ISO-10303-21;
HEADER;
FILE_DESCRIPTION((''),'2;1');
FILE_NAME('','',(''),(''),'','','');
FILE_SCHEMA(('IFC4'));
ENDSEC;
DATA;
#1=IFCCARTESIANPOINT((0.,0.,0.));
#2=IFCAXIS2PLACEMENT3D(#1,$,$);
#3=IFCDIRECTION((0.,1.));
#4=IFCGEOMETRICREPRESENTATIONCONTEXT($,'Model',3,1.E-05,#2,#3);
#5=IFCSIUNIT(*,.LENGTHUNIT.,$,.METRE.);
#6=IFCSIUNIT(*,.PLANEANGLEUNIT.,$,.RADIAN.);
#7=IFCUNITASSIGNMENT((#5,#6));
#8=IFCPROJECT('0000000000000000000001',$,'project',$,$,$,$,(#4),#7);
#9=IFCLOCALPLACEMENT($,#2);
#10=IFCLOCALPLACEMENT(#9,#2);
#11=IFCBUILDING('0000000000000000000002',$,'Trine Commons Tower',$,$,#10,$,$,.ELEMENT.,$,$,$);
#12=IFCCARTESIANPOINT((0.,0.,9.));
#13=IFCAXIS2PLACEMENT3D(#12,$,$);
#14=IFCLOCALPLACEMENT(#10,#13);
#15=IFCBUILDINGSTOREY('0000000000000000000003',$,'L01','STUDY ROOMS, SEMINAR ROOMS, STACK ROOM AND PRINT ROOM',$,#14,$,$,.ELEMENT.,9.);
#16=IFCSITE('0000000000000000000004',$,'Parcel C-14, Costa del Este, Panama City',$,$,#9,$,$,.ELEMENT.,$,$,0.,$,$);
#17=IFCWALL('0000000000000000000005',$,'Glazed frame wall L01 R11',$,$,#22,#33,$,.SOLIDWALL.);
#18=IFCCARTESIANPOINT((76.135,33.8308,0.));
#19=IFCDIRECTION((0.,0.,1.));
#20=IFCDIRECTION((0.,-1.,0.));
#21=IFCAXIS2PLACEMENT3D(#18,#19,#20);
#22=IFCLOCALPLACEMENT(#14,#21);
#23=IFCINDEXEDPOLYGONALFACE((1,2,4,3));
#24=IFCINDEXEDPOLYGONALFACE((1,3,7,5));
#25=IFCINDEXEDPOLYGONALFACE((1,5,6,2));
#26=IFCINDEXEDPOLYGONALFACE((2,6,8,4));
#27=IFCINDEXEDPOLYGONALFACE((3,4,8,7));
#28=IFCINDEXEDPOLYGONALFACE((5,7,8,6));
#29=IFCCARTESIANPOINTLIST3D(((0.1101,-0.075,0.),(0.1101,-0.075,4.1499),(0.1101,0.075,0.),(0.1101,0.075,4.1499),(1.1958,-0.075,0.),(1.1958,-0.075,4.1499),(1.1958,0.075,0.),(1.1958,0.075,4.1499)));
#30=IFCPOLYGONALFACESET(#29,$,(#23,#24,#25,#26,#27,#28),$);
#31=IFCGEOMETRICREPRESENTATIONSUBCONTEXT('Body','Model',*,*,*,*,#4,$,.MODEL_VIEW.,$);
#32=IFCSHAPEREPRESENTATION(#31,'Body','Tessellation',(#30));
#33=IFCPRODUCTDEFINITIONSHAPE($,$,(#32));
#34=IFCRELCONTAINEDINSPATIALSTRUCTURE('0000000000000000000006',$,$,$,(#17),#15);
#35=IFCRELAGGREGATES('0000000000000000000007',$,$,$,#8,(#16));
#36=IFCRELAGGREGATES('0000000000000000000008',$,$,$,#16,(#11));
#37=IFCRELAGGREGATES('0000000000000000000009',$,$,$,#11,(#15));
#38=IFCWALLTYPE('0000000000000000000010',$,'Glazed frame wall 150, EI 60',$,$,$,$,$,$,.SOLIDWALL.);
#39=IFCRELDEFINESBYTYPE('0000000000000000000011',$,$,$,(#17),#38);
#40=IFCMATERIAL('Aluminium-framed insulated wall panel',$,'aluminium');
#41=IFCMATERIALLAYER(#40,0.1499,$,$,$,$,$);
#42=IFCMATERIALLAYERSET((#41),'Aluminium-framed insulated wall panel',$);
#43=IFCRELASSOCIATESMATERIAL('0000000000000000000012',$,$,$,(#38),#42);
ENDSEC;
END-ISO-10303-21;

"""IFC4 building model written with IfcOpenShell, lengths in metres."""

from ifc_helpers import new_model, si_unit, direction, frame, origin, place, context, subcontext, project, spatial, polyline, outline, extrude, material, layer, layer_set, type_object, element, save


model = new_model("IFC4")

# Units and contexts
model_context = context("Model", 3, precision=1e-05, world=origin(), true_north=direction((0.0, 1.0)))
body_context = subcontext(model_context, "Body", "Model", "MODEL_VIEW")
ifc_project = project(units=[si_unit("LENGTHUNIT", "METRE"), si_unit("PLANEANGLEUNIT", "RADIAN")], contexts=[model_context])

# Site, building, storey
site_placement = place(None, origin())
site = spatial("IfcSite", under=ifc_project, at=site_placement, Name="Parcel C-14, Costa del Este, Panama City", CompositionType="ELEMENT", RefElevation=0.0)
building_placement = place(site_placement, origin())
building = spatial("IfcBuilding", under=site, at=building_placement, Name="Trine Commons Tower", CompositionType="ELEMENT")
storey_placement = place(building_placement, frame((0.0, 0.0, 9.0)))
storey = spatial("IfcBuildingStorey", under=building, at=storey_placement, Name="L01", Description="STUDY ROOMS, SEMINAR ROOMS, STACK ROOM AND PRINT ROOM", CompositionType="ELEMENT", Elevation=9.0)

# Wall
ifc_material_1 = material(Name="Aluminium-framed insulated wall panel", Category="aluminium")
ifc_layer_1 = layer(ifc_material_1, 0.1499)
ifc_layer_set_1 = layer_set([ifc_layer_1], Name="Aluminium-framed insulated wall panel")
wall_type_1 = type_object("IfcWallType", Name="Glazed frame wall 150, EI 60", PredefinedType="SOLIDWALL", material=ifc_layer_set_1)
wall_1_placement = place(storey_placement, frame((76.135, 33.8308, 0.0), z_axis=(0.0, 0.0, 1.0), x_axis=(0.0, -1.0, 0.0)))
element("IfcWall", 1, at=wall_1_placement, inside=storey, type_object=wall_type_1, Name="Glazed frame wall L01 R11", PredefinedType="SOLIDWALL", context=body_context, shape_type="SweptSolid", body=[
    extrude(outline(polyline([(0.1101, 0.075), (0.1101, -0.075), (1.1958, -0.075), (1.1958, 0.075), (0.1101, 0.075)])), origin(), (0.0, 0.0, 1.0), 4.1499),
])

save(model, "model.ifc")
